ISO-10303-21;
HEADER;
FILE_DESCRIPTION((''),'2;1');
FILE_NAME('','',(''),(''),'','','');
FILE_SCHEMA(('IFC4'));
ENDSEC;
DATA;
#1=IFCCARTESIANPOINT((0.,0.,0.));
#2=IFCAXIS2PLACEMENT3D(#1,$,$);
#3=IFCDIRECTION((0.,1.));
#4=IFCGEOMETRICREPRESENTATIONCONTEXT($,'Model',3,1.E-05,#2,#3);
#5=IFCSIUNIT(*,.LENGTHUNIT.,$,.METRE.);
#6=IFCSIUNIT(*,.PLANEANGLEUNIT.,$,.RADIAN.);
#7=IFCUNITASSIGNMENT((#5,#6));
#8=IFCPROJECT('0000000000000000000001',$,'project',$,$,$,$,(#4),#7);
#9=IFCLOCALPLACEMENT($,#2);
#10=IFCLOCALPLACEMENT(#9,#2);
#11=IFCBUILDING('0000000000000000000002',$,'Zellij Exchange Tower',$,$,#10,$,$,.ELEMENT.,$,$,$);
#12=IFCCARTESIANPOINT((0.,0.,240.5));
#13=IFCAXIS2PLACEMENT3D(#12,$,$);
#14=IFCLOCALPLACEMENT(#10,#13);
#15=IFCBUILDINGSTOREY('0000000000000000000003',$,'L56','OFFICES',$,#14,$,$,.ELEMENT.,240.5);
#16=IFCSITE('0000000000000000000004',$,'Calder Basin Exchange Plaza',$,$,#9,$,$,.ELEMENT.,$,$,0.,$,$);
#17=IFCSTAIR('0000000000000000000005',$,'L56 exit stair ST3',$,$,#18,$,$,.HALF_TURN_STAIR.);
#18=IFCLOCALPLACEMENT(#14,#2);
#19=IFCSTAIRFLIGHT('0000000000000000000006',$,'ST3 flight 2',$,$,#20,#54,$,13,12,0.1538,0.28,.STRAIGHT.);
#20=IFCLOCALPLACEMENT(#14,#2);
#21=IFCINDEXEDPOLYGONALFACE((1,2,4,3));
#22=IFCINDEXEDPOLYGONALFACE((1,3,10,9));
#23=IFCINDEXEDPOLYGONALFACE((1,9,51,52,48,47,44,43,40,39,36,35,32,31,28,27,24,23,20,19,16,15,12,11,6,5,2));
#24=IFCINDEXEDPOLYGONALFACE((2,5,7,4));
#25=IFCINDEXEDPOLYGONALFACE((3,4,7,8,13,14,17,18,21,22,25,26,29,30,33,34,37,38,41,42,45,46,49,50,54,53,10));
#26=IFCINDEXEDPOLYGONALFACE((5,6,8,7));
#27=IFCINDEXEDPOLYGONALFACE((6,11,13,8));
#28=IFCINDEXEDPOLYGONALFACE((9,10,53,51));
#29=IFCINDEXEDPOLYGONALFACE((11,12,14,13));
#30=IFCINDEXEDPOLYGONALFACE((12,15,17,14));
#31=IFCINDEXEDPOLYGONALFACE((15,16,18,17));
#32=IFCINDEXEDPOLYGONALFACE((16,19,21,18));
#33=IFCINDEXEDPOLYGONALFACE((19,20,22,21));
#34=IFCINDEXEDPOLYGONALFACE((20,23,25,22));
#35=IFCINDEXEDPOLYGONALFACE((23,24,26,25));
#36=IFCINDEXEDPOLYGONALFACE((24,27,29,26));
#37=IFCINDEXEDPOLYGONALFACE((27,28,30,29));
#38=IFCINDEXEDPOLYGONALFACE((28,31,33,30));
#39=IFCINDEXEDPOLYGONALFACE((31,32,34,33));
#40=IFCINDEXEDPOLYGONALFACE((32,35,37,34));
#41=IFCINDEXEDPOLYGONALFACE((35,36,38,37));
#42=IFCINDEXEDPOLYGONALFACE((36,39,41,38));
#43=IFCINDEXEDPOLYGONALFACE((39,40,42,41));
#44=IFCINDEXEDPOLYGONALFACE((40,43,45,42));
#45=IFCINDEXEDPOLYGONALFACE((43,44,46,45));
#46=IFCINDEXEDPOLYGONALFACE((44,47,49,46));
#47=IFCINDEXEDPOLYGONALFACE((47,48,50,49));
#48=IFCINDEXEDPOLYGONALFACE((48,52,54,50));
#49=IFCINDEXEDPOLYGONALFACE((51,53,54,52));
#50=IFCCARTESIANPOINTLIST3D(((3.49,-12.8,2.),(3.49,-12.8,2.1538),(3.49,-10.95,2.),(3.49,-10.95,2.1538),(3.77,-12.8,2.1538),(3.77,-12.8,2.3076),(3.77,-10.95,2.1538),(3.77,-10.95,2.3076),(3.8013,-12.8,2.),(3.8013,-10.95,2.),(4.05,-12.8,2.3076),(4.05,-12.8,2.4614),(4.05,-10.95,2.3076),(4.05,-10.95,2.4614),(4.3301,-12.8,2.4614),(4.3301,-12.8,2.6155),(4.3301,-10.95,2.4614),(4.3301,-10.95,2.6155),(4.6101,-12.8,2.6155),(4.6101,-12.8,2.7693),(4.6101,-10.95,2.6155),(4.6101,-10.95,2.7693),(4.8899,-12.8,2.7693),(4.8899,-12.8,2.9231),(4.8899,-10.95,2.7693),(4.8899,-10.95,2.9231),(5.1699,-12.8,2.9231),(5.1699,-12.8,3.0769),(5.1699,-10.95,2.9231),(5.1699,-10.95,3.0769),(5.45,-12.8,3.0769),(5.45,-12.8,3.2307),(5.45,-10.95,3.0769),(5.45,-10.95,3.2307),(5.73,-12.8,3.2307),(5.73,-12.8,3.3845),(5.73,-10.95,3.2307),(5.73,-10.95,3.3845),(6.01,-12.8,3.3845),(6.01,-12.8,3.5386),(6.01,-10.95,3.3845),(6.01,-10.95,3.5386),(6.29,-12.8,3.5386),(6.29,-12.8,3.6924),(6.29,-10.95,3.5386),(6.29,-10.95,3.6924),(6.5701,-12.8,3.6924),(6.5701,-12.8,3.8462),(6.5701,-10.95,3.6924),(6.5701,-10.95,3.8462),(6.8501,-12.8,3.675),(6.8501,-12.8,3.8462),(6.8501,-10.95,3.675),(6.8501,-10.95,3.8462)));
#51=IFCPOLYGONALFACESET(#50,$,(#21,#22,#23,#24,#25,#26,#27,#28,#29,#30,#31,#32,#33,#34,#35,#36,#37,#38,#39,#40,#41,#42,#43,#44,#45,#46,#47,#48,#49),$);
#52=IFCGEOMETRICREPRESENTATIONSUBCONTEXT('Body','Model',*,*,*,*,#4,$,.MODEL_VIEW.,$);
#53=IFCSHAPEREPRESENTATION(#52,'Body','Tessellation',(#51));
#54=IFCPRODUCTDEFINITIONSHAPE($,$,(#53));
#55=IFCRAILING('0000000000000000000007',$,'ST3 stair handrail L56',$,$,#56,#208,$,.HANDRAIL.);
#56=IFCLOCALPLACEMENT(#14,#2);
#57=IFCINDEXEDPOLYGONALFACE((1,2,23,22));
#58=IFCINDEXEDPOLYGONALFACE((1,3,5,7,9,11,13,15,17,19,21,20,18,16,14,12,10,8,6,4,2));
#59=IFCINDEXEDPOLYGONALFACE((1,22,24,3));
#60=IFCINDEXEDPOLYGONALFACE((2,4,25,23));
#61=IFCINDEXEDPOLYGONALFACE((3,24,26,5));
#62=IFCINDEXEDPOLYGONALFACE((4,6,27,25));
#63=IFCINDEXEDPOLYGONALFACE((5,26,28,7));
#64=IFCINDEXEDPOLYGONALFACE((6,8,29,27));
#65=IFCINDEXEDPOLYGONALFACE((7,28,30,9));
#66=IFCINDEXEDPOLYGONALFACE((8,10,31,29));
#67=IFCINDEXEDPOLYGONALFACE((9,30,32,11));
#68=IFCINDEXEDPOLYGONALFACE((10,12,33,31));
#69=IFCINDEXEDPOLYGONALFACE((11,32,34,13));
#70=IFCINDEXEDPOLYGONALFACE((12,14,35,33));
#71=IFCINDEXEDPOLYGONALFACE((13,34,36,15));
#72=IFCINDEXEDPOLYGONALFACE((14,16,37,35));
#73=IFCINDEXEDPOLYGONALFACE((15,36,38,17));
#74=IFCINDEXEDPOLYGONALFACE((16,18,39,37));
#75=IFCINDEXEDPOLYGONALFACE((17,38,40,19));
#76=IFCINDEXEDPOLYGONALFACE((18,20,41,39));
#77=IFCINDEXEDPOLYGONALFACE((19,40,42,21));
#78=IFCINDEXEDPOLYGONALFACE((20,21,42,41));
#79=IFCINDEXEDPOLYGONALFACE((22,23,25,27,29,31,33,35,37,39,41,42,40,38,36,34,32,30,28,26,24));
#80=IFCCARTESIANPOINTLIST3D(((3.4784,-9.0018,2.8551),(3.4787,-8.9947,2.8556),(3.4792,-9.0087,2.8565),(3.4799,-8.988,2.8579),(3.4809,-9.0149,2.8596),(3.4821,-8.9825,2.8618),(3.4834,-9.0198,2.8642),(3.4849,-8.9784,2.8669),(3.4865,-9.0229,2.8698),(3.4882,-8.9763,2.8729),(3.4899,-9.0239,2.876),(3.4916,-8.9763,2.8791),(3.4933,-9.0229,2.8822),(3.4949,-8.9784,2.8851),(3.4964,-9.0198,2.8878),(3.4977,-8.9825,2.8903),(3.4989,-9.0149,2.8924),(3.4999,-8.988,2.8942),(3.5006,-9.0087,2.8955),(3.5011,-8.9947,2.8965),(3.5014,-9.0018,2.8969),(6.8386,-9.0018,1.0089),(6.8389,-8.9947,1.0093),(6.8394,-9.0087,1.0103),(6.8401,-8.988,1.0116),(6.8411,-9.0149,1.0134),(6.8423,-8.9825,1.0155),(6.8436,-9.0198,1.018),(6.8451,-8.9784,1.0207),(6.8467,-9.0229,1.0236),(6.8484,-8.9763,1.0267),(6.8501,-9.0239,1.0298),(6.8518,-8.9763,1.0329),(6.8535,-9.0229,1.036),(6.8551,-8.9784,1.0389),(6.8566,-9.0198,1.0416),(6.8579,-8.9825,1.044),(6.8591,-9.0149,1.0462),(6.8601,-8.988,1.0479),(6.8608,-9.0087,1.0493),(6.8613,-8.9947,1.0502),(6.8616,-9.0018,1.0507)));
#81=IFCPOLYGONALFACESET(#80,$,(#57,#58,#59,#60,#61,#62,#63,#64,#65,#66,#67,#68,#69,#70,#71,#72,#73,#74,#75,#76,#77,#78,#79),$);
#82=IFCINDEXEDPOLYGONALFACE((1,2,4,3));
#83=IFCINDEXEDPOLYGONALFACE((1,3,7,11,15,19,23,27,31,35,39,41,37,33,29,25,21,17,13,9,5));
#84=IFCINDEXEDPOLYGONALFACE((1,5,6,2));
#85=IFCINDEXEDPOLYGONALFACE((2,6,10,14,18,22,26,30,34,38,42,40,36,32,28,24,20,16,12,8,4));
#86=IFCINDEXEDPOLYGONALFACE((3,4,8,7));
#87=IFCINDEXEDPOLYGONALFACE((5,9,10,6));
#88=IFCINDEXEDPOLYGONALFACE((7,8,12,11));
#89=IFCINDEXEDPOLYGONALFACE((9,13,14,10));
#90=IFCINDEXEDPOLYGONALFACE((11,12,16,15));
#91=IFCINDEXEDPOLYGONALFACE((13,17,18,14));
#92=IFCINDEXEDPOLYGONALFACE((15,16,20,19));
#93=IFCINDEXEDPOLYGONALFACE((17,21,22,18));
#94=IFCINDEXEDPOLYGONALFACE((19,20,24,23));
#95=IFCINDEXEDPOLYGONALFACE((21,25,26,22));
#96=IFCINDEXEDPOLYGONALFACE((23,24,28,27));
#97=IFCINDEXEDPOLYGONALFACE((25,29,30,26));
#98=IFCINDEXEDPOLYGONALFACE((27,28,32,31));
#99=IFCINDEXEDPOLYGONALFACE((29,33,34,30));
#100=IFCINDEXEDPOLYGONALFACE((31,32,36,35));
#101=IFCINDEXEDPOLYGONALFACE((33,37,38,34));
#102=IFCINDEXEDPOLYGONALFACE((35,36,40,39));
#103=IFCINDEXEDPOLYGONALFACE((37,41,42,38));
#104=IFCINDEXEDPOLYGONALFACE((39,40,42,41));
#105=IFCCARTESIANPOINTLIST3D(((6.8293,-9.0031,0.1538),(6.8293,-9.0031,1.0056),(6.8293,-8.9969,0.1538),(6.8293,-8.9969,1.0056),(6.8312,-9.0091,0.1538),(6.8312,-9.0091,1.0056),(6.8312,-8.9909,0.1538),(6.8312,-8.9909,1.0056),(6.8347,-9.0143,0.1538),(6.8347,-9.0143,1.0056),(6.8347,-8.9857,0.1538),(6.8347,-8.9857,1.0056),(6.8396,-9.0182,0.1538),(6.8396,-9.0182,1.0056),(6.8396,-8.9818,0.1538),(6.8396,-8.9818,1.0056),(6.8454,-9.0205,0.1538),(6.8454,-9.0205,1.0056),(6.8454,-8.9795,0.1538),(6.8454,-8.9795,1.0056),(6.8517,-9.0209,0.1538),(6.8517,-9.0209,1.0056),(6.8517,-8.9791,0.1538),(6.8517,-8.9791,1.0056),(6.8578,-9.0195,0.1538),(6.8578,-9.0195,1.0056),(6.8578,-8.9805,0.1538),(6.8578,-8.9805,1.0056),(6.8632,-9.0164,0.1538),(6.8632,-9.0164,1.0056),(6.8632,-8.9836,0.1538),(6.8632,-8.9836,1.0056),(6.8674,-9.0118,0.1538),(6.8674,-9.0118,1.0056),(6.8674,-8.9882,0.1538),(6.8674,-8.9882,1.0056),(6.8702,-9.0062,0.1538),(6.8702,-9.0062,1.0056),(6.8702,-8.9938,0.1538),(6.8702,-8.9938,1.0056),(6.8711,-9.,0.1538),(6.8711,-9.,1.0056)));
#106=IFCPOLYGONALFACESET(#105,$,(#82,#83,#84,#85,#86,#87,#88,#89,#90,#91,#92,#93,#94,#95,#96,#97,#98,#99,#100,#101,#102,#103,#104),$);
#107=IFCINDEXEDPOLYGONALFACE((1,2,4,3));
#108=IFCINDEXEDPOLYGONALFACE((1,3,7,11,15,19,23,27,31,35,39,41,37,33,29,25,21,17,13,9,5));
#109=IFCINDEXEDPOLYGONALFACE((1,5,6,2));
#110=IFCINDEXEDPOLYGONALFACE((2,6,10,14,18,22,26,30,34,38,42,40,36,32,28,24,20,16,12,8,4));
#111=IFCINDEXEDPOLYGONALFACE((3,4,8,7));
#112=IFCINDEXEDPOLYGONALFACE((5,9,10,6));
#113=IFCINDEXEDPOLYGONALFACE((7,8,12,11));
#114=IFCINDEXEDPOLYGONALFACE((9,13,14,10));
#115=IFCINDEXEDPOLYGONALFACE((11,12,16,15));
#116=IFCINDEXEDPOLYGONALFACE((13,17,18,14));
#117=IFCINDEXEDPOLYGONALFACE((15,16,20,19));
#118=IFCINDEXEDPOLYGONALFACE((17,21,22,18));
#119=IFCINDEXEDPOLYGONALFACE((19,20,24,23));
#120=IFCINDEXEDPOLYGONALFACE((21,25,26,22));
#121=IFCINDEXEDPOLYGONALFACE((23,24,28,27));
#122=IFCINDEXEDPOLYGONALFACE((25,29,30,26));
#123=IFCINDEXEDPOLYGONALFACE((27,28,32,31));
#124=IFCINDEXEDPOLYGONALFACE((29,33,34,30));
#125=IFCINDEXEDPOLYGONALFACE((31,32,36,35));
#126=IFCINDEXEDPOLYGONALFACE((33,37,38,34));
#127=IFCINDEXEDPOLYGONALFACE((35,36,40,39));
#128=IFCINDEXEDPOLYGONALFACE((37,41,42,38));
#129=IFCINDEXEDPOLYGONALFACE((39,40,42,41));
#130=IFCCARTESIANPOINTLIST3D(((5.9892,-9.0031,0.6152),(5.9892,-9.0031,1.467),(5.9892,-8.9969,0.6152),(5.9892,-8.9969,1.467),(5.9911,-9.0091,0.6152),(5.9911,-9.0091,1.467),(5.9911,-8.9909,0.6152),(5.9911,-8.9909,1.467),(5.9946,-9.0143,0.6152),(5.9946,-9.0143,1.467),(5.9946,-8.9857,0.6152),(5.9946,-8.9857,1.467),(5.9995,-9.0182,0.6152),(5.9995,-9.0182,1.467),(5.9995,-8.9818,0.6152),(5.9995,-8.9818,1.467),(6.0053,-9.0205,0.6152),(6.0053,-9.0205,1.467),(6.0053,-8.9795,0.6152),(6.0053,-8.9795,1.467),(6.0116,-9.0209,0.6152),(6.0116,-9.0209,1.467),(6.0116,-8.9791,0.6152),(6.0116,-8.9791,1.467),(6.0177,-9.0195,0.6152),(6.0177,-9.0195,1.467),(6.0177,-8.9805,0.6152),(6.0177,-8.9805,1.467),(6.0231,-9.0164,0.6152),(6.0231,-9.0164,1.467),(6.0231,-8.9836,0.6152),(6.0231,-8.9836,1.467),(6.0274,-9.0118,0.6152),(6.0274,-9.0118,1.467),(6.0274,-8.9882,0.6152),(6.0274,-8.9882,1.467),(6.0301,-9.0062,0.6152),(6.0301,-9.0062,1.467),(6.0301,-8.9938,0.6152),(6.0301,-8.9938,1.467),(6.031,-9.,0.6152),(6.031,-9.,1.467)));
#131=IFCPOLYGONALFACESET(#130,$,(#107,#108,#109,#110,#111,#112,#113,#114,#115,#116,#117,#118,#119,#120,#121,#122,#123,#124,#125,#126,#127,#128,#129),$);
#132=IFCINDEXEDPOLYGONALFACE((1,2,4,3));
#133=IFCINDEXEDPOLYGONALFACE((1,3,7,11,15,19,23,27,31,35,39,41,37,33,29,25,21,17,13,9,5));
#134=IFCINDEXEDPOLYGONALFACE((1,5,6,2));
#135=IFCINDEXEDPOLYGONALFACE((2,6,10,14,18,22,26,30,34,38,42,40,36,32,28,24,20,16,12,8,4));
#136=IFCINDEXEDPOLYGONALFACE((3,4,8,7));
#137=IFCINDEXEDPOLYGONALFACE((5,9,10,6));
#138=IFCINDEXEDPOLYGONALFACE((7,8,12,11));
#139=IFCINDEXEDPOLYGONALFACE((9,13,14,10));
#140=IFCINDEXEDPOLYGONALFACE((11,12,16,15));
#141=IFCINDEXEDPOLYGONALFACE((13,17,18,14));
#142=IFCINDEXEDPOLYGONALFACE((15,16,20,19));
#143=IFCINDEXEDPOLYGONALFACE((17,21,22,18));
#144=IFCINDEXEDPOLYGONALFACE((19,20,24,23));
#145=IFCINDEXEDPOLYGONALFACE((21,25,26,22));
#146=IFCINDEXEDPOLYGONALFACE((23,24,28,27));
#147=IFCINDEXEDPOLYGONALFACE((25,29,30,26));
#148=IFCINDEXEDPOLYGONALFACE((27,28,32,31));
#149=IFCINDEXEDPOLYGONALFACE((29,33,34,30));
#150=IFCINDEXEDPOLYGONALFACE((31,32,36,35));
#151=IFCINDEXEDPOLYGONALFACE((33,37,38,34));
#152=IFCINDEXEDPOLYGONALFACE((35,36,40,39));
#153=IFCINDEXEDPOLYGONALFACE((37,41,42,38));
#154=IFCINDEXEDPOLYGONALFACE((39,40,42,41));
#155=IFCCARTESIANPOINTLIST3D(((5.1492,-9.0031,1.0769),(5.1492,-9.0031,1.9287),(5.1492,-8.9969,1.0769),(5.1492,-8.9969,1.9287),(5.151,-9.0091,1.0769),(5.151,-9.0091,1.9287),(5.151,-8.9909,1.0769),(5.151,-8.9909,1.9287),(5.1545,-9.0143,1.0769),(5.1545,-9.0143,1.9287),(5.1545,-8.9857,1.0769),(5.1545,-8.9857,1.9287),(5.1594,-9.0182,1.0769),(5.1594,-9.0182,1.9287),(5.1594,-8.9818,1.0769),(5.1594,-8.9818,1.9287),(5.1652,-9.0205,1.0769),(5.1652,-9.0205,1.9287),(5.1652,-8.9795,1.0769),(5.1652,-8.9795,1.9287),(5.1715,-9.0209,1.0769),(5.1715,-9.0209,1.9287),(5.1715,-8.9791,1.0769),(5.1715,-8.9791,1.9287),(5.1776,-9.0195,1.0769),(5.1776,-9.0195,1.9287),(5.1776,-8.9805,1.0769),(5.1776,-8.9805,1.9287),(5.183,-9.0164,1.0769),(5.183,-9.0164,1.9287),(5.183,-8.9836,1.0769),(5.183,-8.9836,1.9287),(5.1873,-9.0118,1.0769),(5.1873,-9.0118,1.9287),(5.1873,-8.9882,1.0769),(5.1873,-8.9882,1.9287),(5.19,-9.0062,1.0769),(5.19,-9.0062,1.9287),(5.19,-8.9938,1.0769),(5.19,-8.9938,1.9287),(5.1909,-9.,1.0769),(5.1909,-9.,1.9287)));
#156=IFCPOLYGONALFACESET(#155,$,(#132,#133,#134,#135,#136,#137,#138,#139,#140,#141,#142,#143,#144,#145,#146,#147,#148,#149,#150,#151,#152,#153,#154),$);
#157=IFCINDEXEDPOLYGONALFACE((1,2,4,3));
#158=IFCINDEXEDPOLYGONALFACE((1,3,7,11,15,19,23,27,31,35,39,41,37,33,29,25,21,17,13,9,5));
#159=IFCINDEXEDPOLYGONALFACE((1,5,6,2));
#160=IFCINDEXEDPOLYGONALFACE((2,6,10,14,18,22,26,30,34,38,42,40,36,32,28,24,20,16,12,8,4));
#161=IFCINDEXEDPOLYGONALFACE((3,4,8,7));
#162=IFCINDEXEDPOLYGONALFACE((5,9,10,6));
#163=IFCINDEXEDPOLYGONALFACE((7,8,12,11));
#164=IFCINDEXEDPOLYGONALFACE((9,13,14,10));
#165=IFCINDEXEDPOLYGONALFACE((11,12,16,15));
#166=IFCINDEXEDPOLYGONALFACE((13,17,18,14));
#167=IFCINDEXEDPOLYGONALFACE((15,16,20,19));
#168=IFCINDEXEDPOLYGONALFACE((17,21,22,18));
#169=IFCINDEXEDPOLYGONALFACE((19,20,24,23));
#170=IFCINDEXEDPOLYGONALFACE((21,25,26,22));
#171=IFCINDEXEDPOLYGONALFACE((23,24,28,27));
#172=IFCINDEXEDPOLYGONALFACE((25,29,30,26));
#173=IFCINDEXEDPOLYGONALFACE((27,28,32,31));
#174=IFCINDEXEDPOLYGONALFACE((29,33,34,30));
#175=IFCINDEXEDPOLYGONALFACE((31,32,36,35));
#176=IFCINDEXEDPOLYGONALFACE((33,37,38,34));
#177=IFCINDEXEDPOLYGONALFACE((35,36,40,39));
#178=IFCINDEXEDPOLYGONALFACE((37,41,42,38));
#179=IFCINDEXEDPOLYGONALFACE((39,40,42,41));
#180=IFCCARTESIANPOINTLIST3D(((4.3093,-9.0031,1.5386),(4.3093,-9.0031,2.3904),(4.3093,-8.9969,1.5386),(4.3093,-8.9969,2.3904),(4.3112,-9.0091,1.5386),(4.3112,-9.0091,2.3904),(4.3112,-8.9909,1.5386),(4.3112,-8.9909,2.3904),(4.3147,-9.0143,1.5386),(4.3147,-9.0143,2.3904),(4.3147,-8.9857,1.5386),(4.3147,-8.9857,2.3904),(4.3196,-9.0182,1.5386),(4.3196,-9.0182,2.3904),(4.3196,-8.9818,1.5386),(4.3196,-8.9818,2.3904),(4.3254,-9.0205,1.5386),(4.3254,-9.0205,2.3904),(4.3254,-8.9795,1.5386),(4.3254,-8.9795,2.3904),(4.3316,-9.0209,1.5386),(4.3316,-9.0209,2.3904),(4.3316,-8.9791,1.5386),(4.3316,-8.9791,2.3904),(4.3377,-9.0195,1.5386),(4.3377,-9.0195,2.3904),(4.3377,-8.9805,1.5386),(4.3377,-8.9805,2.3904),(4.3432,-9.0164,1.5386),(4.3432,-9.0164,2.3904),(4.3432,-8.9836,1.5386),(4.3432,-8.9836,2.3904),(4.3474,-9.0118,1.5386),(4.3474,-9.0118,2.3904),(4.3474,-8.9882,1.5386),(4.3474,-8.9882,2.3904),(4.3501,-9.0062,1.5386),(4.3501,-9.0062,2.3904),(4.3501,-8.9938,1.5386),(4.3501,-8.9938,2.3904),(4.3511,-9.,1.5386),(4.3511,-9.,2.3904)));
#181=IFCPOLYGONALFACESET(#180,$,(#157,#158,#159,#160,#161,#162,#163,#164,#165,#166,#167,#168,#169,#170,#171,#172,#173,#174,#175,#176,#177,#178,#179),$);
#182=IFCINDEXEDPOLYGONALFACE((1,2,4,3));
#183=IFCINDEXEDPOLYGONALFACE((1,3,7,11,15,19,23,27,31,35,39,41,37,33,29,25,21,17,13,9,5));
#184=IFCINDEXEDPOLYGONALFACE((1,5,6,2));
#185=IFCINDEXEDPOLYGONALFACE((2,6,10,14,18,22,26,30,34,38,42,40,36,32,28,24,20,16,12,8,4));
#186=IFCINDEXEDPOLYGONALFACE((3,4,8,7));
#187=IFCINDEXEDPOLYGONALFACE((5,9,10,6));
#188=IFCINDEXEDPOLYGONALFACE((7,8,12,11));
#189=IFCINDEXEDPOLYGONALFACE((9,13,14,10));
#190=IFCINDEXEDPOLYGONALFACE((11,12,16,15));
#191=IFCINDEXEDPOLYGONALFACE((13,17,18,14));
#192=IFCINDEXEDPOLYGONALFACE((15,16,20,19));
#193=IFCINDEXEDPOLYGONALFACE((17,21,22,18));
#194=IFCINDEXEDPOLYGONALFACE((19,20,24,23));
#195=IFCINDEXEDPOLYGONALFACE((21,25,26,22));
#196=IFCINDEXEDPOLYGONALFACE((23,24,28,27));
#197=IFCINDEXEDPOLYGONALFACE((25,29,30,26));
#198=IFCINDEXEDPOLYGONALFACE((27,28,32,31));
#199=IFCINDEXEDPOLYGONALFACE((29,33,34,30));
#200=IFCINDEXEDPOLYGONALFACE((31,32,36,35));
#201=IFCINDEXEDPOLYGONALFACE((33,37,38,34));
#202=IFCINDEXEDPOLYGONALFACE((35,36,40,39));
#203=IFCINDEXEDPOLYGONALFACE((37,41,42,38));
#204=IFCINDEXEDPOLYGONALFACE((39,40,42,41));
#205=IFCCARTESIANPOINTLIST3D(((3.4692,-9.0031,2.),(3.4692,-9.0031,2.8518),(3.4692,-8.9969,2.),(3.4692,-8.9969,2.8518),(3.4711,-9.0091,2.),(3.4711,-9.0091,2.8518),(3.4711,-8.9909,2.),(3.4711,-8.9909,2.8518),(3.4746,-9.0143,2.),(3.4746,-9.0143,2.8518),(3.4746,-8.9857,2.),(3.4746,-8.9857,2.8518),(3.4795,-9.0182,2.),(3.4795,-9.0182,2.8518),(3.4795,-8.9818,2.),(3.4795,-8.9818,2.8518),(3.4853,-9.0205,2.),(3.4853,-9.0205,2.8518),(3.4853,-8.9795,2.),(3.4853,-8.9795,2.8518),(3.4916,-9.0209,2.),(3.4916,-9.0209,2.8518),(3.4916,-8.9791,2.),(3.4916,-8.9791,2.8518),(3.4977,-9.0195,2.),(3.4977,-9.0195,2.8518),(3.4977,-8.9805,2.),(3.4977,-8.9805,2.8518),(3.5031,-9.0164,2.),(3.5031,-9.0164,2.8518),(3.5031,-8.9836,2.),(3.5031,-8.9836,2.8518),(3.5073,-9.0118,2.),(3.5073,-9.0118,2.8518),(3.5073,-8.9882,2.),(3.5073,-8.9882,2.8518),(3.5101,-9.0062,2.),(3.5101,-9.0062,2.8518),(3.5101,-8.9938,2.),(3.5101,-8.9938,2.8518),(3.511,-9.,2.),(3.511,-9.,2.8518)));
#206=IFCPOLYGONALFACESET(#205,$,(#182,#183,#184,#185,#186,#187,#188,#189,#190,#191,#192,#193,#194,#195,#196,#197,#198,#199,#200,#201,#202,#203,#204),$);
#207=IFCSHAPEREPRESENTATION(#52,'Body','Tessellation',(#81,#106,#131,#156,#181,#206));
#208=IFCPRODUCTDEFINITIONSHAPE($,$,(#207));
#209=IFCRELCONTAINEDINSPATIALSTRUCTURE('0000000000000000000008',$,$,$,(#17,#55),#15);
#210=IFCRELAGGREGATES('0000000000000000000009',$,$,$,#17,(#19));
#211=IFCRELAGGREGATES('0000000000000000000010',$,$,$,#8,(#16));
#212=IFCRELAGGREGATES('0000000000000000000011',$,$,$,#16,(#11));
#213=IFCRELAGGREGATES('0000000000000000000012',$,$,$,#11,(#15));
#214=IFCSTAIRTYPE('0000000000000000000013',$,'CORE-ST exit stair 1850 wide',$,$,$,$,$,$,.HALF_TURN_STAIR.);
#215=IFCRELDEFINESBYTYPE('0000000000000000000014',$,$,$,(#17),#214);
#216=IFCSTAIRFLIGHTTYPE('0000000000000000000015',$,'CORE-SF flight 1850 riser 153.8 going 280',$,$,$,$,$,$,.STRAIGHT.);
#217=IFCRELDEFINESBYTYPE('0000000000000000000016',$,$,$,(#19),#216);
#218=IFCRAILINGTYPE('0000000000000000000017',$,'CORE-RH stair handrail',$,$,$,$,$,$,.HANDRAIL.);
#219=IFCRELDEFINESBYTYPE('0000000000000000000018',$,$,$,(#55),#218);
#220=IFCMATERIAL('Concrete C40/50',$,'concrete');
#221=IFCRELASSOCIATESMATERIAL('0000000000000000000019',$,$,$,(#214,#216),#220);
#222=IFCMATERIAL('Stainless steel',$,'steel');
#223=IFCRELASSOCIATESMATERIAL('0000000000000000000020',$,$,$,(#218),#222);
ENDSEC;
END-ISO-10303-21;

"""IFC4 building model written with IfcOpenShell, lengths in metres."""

from ifc_helpers import new_model, si_unit, direction, frame, origin, origin_2d, place, context, subcontext, project, spatial, polyline, circle, outline, extrude, material, type_object, element, aggregate, save


model = new_model("IFC4")

# Units and contexts
model_context = context("Model", 3, precision=1e-05, world=origin(), true_north=direction((0.0, 1.0)))
body_context = subcontext(model_context, "Body", "Model", "MODEL_VIEW")
ifc_project = project(units=[si_unit("LENGTHUNIT", "METRE"), si_unit("PLANEANGLEUNIT", "RADIAN")], contexts=[model_context])

# Site, building, storey
site_placement = place(None, origin())
site = spatial("IfcSite", under=ifc_project, at=site_placement, Name="Calder Basin Exchange Plaza", CompositionType="ELEMENT", RefElevation=0.0)
building_placement = place(site_placement, origin())
building = spatial("IfcBuilding", under=site, at=building_placement, Name="Zellij Exchange Tower", CompositionType="ELEMENT")
storey_placement = place(building_placement, frame((0.0, 0.0, 240.5)))
storey = spatial("IfcBuildingStorey", under=building, at=storey_placement, Name="L56", Description="OFFICES", CompositionType="ELEMENT", Elevation=240.5)

# Stair, stair flight
ifc_material_1 = material(Name="Concrete C40/50", Category="concrete")
stair_type = type_object("IfcStairType", Name="CORE-ST exit stair 1850 wide", PredefinedType="HALF_TURN_STAIR", material=ifc_material_1)
stair_placement = place(storey_placement, origin())
stair = element("IfcStair", 1, at=stair_placement, inside=storey, type_object=stair_type, Name="L56 exit stair ST3", PredefinedType="HALF_TURN_STAIR")
stair_flight_type = type_object("IfcStairFlightType", Name="CORE-SF flight 1850 riser 153.8 going 280", PredefinedType="STRAIGHT", material=ifc_material_1)
stair_flight_1_placement = place(storey_placement, frame((3.49, -11.875, 2.0), z_axis=(0.0, 0.0, 1.0), x_axis=(1.0, 0.0, 0.0)))
stair_flight_1 = element("IfcStairFlight", 2, at=stair_flight_1_placement, type_object=stair_flight_type, Name="ST3 flight 2", NumberOfRisers=13, NumberOfTreads=12, PredefinedType="STRAIGHT", RiserHeight=0.1538, TreadLength=0.28, context=body_context, shape_type="SweptSolid", body=[
    extrude(outline(polyline([(0.0, 0.0), (0.0, 0.1538), (0.28, 0.1538), (0.28, 0.3076), (0.5601, 0.3076), (0.5601, 0.4614), (0.8401, 0.4614), (0.8401, 0.6155), (1.1201, 0.6155), (1.1201, 0.7693), (1.3999, 0.7693), (1.3999, 0.9231), (1.6799, 0.9231), (1.6799, 1.0769), (1.96, 1.0769), (1.96, 1.2307), (2.24, 1.2307), (2.24, 1.3845), (2.52, 1.3845), (2.52, 1.5386), (2.8, 1.5386), (2.8, 1.6924), (3.0801, 1.6924), (3.0801, 1.8462), (3.3601, 1.8462), (3.3601, 2.0), (3.3601, 1.675), (0.3113, 0.0), (0.0, 0.0)])), frame((0.0, 0.925, 0.0), z_axis=(0.0, -1.0, 0.0), x_axis=(1.0, 0.0, 0.0)), (0.0, 0.0, 1.0), 1.8501),
])
aggregate(stair, [stair_flight_1])

# Railing
ifc_material_2 = material(Name="Stainless steel", Category="steel")
railing_type_1 = type_object("IfcRailingType", Name="CORE-RH stair handrail", PredefinedType="HANDRAIL", material=ifc_material_2)
railing_1_placement = place(storey_placement, frame((6.8501, -9.0, 0.1538)))
element("IfcRailing", 3, at=railing_1_placement, inside=storey, type_object=railing_type_1, Name="ST3 stair handrail L56", PredefinedType="HANDRAIL", context=body_context, shape_type="SweptSolid", body=[
    extrude(circle(Radius=0.0239, at=origin_2d()), frame((0.0, 0.0, 0.876), z_axis=(-0.876422, 0.0, 0.481545), x_axis=(0.0, -1.0, 0.0)), (0.0, 0.0, 1.0), 3.834),
    extrude(circle(Radius=0.021, at=origin_2d()), origin(), (0.0, 0.0, 1.0), 0.8518),
    extrude(circle(Radius=0.021, at=origin_2d()), frame((-0.8401, 0.0, 0.4614)), (0.0, 0.0, 1.0), 0.8518),
    extrude(circle(Radius=0.021, at=origin_2d()), frame((-1.6802, 0.0, 0.9231)), (0.0, 0.0, 1.0), 0.8518),
    extrude(circle(Radius=0.021, at=origin_2d()), frame((-2.52, 0.0, 1.3848)), (0.0, 0.0, 1.0), 0.8518),
    extrude(circle(Radius=0.021, at=origin_2d()), frame((-3.3601, 0.0, 1.8462)), (0.0, 0.0, 1.0), 0.8518),
])

save(model, "model.ifc")
